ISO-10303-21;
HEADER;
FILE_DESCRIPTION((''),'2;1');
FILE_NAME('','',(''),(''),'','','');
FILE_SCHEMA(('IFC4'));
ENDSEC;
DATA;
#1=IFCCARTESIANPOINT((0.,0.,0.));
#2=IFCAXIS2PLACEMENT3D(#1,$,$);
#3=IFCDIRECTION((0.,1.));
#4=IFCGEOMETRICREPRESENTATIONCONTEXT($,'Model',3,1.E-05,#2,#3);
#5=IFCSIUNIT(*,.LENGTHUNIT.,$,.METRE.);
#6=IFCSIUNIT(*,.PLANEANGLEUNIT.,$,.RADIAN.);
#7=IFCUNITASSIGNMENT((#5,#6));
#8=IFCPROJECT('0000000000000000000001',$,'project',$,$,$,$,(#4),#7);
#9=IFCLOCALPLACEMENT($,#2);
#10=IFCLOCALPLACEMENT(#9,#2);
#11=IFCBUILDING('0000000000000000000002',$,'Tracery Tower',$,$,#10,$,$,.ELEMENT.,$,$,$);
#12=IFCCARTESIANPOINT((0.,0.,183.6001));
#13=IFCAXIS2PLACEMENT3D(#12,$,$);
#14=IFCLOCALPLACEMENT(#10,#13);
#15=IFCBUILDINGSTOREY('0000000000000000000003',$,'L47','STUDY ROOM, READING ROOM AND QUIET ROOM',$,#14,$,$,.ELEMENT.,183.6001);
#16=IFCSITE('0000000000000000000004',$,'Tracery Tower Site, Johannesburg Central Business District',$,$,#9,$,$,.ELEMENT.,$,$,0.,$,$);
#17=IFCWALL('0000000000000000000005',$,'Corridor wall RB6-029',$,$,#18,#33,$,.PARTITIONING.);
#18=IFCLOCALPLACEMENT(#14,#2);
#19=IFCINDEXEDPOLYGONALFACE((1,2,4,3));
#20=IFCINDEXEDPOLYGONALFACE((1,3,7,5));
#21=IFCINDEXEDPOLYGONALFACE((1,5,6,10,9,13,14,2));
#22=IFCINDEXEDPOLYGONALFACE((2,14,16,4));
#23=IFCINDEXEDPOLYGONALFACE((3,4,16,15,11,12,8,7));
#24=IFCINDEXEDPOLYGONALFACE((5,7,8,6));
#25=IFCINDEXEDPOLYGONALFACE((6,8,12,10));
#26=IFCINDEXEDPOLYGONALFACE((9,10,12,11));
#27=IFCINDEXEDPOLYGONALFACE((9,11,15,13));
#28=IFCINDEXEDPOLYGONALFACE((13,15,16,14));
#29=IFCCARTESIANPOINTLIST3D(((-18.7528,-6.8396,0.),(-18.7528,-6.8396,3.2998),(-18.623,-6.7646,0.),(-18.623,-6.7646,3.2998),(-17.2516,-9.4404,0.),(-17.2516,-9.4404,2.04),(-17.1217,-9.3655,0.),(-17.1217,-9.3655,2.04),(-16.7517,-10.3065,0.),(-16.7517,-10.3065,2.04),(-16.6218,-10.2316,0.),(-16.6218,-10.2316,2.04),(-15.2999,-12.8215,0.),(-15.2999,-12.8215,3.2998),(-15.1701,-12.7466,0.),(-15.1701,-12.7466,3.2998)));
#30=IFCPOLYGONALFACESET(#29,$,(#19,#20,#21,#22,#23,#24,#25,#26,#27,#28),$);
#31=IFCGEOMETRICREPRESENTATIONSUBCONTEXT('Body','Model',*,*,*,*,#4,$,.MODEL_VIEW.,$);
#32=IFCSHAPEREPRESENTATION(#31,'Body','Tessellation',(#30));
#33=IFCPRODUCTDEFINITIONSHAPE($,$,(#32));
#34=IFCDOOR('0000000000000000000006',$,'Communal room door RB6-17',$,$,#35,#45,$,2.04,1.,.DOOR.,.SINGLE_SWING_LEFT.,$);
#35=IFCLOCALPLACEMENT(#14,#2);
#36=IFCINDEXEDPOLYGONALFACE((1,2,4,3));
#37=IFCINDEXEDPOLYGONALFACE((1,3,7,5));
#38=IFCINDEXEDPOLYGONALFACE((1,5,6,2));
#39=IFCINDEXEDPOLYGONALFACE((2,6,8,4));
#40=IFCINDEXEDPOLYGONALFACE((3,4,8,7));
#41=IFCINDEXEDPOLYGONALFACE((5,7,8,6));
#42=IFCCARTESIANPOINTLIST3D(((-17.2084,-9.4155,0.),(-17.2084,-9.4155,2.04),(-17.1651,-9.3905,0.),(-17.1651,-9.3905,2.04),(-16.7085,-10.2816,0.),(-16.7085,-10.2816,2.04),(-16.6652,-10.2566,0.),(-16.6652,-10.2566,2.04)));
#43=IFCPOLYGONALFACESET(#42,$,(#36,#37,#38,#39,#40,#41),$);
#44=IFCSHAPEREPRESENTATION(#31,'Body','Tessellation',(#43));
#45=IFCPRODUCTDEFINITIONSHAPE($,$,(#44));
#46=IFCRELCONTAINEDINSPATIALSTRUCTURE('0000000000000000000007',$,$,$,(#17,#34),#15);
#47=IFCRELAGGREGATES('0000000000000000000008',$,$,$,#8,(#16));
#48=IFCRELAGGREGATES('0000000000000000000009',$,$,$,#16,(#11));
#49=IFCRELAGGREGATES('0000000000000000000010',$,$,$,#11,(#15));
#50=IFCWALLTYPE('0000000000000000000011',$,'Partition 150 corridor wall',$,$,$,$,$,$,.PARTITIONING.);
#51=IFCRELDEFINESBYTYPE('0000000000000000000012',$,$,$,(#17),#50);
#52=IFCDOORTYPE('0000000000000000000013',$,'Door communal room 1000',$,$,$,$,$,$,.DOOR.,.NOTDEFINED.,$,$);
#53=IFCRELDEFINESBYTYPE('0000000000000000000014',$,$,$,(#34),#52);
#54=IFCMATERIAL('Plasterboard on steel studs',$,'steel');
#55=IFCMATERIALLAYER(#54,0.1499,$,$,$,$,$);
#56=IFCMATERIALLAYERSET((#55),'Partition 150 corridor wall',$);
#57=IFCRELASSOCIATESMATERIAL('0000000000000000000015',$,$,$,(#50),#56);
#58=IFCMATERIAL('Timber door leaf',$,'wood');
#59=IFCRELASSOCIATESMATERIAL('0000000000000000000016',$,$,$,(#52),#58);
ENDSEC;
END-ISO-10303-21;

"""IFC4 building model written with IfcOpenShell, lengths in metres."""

from ifc_helpers import new_model, si_unit, direction, frame, frame_2d, origin, place, context, subcontext, project, spatial, rectangle, extrude, material, layer, layer_set, type_object, element, fill, save


model = new_model("IFC4")

# Units and contexts
model_context = context("Model", 3, precision=1e-05, world=origin(), true_north=direction((0.0, 1.0)))
body_context = subcontext(model_context, "Body", "Model", "MODEL_VIEW")
ifc_project = project(units=[si_unit("LENGTHUNIT", "METRE"), si_unit("PLANEANGLEUNIT", "RADIAN")], contexts=[model_context])

# Site, building, storey
site_placement = place(None, origin())
site = spatial("IfcSite", under=ifc_project, at=site_placement, Name="Tracery Tower Site, Johannesburg Central Business District", CompositionType="ELEMENT", RefElevation=0.0)
building_placement = place(site_placement, origin())
building = spatial("IfcBuilding", under=site, at=building_placement, Name="Tracery Tower", CompositionType="ELEMENT")
storey_placement = place(building_placement, frame((0.0, 0.0, 183.6001)))
storey = spatial("IfcBuildingStorey", under=building, at=storey_placement, Name="L47", Description="STUDY ROOM, READING ROOM AND QUIET ROOM", CompositionType="ELEMENT", Elevation=183.6001)

# Shared definitions
ifc_material_1 = material(Name="Plasterboard on steel studs", Category="steel")
ifc_layer_1 = layer(ifc_material_1, 0.1499)
ifc_layer_set_1 = layer_set([ifc_layer_1], Name="Partition 150 corridor wall")
wall_type_1 = type_object("IfcWallType", Name="Partition 150 corridor wall", PredefinedType="PARTITIONING", material=ifc_layer_set_1)

# Wall, opening, door
wall_1_placement = place(storey_placement, frame((-18.688, -6.802, 0.0), z_axis=(0.0, 0.0, 1.0), x_axis=(0.499914, -0.866075, 0.0)))
wall_1 = element("IfcWall", 1, at=wall_1_placement, inside=storey, type_object=wall_type_1, Name="Corridor wall RB6-029", PredefinedType="PARTITIONING", context=body_context, shape_type="SweptSolid", body=[
    extrude(rectangle(XDim=6.907, YDim=0.1499, at=frame_2d((3.4536, 0.0))), origin(), (0.0, 0.0, 1.0), 3.2998),
])
opening_1_placement = place(wall_1_placement, frame((3.0032, 0.0, 0.0)))
opening_1 = element("IfcOpeningElement", 2, at=opening_1_placement, cuts=wall_1, PredefinedType="OPENING", context=body_context, shape_type="SweptSolid", body=[
    extrude(rectangle(XDim=1.0, YDim=2.04, at=frame_2d((0.5, 1.02))), frame((0.0, 0.075, 0.0), z_axis=(0.0, -1.0, 0.0), x_axis=(1.0, 0.0, 0.0)), (0.0, 0.0, 1.0), 0.1499),
])
ifc_material_2 = material(Name="Timber door leaf", Category="wood")
door_type_1 = type_object("IfcDoorType", Name="Door communal room 1000", OperationType="NOTDEFINED", PredefinedType="DOOR", material=ifc_material_2)
door_1_placement = place(opening_1_placement, origin())
door_1 = element("IfcDoor", 3, at=door_1_placement, inside=storey, type_object=door_type_1, Name="Communal room door RB6-17", OperationType="SINGLE_SWING_LEFT", OverallHeight=2.04, OverallWidth=1.0, PredefinedType="DOOR", context=body_context, shape_type="SweptSolid", body=[
    extrude(rectangle(XDim=1.0, YDim=2.04, at=frame_2d((0.5, 1.02))), frame((0.0, 0.0249, 0.0), z_axis=(0.0, -1.0, 0.0), x_axis=(1.0, 0.0, 0.0)), (0.0, 0.0, 1.0), 0.05),
])
fill(opening_1, door_1)

save(model, "model.ifc")
